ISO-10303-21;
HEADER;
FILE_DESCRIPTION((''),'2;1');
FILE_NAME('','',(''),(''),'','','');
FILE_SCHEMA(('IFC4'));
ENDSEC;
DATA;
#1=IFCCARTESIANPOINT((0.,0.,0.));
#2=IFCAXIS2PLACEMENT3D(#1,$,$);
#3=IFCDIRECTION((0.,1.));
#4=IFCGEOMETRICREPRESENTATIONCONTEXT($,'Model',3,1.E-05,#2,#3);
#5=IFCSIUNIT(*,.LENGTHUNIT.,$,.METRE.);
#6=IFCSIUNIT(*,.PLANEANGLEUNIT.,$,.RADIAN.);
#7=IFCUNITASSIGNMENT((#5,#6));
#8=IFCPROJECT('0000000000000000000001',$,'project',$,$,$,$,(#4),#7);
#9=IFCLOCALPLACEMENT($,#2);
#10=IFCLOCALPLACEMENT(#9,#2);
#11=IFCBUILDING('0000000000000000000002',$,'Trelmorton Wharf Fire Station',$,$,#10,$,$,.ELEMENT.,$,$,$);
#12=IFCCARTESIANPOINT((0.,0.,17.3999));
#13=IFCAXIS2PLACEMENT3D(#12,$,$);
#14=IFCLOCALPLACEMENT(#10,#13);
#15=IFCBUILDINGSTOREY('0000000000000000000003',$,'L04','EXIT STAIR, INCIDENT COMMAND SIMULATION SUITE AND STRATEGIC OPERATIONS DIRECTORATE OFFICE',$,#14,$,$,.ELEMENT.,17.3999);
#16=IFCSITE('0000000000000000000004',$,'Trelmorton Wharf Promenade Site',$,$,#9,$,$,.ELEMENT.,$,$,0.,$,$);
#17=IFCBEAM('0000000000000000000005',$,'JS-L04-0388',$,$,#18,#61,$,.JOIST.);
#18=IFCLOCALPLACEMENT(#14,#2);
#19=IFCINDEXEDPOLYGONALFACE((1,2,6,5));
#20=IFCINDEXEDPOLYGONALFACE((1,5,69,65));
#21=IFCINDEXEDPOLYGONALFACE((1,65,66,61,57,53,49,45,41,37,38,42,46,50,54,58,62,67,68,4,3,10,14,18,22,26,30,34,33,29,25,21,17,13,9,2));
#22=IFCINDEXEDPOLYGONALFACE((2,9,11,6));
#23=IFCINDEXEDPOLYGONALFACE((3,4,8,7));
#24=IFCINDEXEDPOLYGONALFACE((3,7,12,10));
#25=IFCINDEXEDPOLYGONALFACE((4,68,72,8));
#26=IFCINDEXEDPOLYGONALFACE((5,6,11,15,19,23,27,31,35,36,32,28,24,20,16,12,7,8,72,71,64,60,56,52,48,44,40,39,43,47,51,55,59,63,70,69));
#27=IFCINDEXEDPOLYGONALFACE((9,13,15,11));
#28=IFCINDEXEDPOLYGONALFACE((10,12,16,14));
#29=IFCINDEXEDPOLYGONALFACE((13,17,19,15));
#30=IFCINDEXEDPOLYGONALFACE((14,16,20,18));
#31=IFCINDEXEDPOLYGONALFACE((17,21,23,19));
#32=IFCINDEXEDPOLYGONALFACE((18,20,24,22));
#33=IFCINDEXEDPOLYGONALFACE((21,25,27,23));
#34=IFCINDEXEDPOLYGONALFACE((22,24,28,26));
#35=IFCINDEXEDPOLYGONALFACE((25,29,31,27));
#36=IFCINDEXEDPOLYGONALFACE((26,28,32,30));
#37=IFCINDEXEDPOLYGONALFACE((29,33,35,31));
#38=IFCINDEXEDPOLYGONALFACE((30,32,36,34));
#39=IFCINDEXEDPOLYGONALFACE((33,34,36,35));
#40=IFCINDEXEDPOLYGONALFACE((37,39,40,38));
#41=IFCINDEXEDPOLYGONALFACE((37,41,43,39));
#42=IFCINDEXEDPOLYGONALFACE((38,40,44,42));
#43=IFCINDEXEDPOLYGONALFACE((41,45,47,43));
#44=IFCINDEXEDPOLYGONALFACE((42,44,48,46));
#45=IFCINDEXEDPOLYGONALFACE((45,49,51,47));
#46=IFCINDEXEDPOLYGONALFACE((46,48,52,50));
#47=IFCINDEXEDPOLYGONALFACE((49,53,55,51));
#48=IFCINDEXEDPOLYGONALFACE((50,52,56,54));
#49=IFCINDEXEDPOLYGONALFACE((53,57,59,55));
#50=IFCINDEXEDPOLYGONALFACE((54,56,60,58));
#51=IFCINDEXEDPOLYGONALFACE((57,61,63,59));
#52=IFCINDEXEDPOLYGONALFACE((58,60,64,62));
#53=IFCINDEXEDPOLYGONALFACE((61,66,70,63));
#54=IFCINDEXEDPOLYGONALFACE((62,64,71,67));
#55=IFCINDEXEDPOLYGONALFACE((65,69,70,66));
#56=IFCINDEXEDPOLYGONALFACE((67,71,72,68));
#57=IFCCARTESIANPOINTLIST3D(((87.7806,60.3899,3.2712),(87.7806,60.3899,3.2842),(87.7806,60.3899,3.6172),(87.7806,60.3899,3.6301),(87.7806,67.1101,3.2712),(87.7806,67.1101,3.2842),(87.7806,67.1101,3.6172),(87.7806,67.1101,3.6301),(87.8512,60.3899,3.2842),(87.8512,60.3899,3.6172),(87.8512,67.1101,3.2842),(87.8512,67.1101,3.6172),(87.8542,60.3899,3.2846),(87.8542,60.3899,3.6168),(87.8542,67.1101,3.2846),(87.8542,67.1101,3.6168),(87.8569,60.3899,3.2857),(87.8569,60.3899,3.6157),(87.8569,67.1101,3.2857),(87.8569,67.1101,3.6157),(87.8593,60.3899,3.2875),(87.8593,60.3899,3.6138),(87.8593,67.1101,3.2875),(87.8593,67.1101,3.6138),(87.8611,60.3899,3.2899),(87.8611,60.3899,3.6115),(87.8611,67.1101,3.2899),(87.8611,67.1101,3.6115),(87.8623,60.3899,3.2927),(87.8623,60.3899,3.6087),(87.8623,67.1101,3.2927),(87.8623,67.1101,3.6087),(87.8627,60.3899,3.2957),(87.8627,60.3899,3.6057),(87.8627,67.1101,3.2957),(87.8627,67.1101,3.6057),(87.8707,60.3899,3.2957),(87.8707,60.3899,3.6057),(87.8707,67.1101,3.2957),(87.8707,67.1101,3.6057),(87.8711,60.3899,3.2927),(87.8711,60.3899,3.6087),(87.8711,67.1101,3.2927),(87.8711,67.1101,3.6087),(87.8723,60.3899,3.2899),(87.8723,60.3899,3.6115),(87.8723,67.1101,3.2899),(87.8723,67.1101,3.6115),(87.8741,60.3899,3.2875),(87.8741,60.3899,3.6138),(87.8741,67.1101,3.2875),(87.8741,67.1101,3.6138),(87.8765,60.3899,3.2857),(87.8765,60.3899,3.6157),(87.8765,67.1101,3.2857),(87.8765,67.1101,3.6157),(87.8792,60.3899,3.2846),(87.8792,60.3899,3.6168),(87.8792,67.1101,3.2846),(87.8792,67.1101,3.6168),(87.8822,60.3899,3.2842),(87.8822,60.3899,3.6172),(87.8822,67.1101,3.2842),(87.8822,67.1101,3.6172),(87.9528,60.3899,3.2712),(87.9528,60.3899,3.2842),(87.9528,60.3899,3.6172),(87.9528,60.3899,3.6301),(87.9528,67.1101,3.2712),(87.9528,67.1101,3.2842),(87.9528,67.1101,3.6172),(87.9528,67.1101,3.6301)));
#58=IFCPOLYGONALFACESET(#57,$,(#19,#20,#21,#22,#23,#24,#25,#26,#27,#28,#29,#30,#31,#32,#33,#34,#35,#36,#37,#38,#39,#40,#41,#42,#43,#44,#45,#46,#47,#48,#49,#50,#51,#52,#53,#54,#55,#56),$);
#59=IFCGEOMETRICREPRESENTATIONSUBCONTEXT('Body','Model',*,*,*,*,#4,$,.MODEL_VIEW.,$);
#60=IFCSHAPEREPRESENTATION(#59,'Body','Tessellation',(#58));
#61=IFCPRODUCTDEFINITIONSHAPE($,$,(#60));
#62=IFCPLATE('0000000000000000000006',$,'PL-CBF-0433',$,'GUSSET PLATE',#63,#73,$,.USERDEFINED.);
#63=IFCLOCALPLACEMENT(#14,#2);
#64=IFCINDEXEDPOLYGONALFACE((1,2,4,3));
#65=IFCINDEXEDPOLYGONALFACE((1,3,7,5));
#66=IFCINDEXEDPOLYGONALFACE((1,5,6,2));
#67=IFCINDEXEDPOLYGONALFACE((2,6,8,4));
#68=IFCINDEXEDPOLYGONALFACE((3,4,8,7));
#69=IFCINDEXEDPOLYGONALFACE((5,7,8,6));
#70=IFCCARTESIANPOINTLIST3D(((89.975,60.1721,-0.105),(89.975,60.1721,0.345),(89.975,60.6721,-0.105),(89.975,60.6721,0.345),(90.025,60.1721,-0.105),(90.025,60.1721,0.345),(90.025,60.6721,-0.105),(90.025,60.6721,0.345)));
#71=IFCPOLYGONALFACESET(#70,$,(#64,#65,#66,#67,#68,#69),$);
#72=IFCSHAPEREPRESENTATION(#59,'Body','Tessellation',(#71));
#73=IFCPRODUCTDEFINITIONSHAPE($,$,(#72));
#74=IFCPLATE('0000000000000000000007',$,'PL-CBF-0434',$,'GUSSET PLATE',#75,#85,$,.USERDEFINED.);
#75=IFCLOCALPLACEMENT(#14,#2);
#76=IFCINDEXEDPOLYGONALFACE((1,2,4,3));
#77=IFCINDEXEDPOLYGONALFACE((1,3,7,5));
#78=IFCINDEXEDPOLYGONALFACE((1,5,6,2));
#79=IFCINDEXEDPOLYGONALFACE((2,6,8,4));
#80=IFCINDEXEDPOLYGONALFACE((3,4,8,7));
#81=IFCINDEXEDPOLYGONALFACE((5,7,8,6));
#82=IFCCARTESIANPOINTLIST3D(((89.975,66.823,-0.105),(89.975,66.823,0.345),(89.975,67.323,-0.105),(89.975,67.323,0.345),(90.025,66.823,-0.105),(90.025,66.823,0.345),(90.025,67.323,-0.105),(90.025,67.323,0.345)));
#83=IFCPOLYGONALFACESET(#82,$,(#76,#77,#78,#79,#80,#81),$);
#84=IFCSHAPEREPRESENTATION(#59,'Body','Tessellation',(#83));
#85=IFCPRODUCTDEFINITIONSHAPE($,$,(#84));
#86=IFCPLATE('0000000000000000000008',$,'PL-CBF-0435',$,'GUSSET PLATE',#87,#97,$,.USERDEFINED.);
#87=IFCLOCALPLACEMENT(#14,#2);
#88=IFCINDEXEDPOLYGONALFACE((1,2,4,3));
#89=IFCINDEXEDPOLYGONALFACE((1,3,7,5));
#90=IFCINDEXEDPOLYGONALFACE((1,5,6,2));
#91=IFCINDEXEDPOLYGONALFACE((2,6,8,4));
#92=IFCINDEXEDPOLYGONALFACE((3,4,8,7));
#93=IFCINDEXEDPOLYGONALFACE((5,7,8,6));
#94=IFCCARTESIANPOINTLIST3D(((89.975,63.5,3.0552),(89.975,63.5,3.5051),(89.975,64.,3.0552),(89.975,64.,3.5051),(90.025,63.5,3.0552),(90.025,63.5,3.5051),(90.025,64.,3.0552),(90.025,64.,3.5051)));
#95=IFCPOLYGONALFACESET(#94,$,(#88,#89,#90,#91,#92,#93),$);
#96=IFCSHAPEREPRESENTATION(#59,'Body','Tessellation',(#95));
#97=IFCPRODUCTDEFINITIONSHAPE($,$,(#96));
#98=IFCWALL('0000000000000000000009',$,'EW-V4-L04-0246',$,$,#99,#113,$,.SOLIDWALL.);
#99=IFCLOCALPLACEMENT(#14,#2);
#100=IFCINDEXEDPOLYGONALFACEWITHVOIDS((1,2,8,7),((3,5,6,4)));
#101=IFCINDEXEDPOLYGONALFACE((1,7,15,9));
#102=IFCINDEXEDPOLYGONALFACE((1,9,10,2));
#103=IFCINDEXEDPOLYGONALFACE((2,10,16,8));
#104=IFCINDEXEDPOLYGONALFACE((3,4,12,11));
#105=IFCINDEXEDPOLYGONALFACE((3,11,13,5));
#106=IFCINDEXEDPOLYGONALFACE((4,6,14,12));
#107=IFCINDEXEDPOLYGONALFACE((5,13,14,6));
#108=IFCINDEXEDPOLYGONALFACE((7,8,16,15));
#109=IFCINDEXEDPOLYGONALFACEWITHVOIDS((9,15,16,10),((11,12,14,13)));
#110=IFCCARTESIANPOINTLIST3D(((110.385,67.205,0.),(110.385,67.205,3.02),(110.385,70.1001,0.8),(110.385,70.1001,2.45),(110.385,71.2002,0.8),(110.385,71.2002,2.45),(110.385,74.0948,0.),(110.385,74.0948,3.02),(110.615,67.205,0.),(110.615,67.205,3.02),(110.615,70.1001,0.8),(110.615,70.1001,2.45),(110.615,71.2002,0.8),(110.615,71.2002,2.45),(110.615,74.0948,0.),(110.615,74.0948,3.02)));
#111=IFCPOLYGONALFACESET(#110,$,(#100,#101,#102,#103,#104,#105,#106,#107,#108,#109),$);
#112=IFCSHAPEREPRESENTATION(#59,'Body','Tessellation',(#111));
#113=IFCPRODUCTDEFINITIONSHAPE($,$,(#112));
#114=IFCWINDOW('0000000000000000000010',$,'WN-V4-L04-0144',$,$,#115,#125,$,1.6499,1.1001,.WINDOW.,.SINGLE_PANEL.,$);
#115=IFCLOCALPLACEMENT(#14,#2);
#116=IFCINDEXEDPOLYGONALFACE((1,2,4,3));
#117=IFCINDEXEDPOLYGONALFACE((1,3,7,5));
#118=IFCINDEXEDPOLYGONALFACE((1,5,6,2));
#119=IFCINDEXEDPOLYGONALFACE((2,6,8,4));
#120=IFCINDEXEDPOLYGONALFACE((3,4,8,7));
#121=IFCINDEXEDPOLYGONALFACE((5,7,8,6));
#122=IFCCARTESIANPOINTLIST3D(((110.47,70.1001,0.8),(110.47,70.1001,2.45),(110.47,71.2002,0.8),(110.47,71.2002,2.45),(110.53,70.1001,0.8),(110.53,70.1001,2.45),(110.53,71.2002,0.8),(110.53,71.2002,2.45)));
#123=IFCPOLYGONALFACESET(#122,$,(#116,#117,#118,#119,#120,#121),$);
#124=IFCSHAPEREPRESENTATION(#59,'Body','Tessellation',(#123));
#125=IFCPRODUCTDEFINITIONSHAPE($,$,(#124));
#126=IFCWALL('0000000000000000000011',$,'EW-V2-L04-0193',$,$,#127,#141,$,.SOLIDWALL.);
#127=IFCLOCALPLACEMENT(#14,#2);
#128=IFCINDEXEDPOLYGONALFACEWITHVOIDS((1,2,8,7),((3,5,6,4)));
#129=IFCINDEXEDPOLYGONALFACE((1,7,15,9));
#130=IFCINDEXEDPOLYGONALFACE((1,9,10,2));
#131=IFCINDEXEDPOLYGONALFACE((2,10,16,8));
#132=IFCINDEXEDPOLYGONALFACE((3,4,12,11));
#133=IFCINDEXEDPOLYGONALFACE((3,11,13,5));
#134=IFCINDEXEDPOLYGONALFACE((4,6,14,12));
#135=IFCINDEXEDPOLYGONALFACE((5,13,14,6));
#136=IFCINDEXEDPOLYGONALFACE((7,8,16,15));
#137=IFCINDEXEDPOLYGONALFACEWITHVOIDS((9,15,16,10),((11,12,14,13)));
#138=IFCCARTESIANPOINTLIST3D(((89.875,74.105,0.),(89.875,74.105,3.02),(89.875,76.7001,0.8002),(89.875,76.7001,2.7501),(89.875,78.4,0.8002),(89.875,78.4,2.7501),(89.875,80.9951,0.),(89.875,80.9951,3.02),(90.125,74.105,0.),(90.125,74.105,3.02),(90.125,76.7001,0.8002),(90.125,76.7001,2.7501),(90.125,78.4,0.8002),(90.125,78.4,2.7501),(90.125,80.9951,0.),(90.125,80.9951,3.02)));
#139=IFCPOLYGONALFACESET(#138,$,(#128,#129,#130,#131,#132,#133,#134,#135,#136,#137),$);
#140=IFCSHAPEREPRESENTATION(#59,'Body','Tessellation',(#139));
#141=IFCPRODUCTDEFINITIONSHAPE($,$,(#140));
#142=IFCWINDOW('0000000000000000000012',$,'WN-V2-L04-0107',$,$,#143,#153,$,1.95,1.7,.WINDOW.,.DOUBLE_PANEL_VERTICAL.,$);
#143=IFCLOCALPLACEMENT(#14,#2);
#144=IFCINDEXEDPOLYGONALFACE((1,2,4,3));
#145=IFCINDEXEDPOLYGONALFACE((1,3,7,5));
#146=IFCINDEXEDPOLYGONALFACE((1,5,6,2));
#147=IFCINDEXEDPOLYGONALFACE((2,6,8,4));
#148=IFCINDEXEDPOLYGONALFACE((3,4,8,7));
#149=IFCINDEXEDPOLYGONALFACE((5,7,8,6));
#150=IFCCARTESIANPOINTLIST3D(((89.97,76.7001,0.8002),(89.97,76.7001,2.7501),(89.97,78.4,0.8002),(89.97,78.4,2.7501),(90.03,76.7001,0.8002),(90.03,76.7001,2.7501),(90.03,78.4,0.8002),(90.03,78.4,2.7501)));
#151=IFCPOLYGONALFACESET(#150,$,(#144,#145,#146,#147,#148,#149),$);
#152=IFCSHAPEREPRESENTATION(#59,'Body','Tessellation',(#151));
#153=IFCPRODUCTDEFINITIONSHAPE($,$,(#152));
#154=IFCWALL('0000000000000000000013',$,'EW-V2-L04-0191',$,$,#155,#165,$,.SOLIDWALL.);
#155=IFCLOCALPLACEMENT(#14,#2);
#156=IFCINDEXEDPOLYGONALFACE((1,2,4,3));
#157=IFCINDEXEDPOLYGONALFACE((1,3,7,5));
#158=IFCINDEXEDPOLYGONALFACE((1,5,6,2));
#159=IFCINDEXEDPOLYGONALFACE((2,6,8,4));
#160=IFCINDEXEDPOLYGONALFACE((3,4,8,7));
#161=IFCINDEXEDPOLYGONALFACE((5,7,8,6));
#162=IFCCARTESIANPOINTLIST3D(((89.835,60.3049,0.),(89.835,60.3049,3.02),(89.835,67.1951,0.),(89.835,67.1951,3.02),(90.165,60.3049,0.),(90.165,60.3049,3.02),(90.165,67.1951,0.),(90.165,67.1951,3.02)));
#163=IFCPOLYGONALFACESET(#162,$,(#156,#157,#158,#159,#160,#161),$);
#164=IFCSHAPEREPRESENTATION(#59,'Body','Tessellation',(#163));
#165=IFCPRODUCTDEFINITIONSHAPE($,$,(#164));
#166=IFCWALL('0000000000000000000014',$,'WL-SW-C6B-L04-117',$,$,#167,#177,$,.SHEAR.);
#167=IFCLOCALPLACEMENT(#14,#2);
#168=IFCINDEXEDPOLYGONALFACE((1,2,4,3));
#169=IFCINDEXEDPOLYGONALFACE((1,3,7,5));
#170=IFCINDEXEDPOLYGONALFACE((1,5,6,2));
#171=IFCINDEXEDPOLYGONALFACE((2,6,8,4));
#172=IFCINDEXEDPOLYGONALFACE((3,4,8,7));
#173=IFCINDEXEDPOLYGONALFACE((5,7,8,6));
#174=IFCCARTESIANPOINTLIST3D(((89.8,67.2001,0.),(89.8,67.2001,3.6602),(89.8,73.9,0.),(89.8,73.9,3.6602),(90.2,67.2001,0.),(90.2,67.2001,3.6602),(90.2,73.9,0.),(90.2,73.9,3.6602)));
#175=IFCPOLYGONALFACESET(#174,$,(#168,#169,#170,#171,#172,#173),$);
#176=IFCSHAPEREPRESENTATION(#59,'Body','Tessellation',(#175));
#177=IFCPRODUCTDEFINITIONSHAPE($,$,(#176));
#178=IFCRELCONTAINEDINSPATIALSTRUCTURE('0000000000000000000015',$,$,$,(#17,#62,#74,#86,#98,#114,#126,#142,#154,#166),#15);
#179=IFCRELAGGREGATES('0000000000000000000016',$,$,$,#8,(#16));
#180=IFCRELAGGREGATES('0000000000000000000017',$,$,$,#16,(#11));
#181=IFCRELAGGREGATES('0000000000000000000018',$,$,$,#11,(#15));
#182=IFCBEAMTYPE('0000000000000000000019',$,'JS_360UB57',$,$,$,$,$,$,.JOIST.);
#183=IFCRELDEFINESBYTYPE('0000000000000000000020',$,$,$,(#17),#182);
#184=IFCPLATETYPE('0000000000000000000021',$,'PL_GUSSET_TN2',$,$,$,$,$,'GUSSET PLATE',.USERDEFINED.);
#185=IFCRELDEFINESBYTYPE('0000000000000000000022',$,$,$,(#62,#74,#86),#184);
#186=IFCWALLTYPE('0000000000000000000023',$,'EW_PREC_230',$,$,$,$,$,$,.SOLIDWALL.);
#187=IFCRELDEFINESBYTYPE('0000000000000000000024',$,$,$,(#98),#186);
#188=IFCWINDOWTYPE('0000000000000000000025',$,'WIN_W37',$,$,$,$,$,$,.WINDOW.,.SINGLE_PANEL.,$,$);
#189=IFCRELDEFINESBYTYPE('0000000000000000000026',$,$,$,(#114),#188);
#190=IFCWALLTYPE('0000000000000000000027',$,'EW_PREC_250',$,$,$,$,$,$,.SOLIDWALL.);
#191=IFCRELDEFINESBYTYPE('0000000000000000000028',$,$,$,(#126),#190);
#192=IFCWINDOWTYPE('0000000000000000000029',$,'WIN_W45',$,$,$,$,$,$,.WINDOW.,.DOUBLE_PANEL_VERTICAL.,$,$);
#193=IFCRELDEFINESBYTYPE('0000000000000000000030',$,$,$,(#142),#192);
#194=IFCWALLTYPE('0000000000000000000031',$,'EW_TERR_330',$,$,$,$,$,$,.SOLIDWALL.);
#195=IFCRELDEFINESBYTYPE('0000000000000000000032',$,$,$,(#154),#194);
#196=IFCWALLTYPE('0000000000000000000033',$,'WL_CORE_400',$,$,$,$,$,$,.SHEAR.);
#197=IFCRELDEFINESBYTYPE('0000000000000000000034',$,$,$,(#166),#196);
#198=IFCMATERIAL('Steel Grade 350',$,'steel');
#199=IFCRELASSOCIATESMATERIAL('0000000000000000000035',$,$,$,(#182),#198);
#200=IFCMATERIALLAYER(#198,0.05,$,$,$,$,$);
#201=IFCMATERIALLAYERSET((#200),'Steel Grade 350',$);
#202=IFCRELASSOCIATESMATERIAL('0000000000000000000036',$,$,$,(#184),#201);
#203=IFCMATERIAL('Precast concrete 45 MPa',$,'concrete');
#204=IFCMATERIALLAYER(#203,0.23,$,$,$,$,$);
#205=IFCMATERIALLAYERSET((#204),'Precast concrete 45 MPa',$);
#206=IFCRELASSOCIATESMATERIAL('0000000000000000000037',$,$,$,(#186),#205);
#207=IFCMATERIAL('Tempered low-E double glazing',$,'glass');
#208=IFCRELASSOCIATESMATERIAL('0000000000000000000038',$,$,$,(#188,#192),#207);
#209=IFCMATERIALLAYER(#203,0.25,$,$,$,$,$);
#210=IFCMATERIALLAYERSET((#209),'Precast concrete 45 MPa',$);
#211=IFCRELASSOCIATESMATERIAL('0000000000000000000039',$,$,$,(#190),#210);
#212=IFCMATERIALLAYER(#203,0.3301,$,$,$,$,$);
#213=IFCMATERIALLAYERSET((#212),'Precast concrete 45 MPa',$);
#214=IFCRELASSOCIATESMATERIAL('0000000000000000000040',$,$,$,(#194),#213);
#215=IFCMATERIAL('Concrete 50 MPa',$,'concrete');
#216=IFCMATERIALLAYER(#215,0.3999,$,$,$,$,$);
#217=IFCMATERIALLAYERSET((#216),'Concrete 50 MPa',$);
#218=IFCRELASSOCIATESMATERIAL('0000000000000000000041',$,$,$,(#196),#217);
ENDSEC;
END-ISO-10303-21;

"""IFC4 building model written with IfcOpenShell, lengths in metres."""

from ifc_helpers import new_model, si_unit, direction, frame, frame_2d, origin, origin_2d, place, context, subcontext, project, spatial, rectangle, i_section, extrude, material, layer, layer_set, material_profile, profile_set, type_object, element, fill, save


model = new_model("IFC4")

# Units and contexts
model_context = context("Model", 3, precision=1e-05, world=origin(), true_north=direction((0.0, 1.0)))
body_context = subcontext(model_context, "Body", "Model", "MODEL_VIEW")
ifc_project = project(units=[si_unit("LENGTHUNIT", "METRE"), si_unit("PLANEANGLEUNIT", "RADIAN")], contexts=[model_context])

# Site, building, storey
site_placement = place(None, origin())
site = spatial("IfcSite", under=ifc_project, at=site_placement, Name="Trelmorton Wharf Promenade Site", CompositionType="ELEMENT", RefElevation=0.0)
building_placement = place(site_placement, origin())
building = spatial("IfcBuilding", under=site, at=building_placement, Name="Trelmorton Wharf Fire Station", CompositionType="ELEMENT")
storey_placement = place(building_placement, frame((0.0, 0.0, 17.3999)))
storey = spatial("IfcBuildingStorey", under=building, at=storey_placement, Name="L04", Description="EXIT STAIR, INCIDENT COMMAND SIMULATION SUITE AND STRATEGIC OPERATIONS DIRECTORATE OFFICE", CompositionType="ELEMENT", Elevation=17.3999)

# Shared definitions
ifc_material_1 = material(Name="Steel Grade 350", Category="steel")

# Beam
ifc_material_profile_1 = material_profile(ifc_material_1, i_section(OverallWidth=0.1721, OverallDepth=0.3589, WebThickness=0.0081, FlangeThickness=0.0129, FilletRadius=0.0115, at=origin_2d()), Name="360UB56.7")
ifc_profile_set_1 = profile_set([ifc_material_profile_1], Name="Steel Grade 350")
beam_type_1 = type_object("IfcBeamType", Name="JS_360UB57", PredefinedType="JOIST", material=ifc_profile_set_1)
beam_1_placement = place(storey_placement, frame((87.8667, 60.3899, 3.4507), z_axis=(0.0, 1.0, 0.0), x_axis=(-1.0, 0.0, 0.0)))
element("IfcBeam", 1, at=beam_1_placement, inside=storey, type_object=beam_type_1, Name="JS-L04-0388", PredefinedType="JOIST", context=body_context, shape_type="SweptSolid", body=[
    extrude(i_section(OverallWidth=0.1721, OverallDepth=0.3589, WebThickness=0.0081, FlangeThickness=0.0129, FilletRadius=0.0115, at=origin_2d()), origin(), (0.0, 0.0, 1.0), 6.7202),
])

# Plates
ifc_layer_1 = layer(ifc_material_1, 0.05)
ifc_layer_set_1 = layer_set([ifc_layer_1], Name="Steel Grade 350")
plate_type = type_object("IfcPlateType", Name="PL_GUSSET_TN2", ElementType="GUSSET PLATE", PredefinedType="USERDEFINED", material=ifc_layer_set_1)
for number, where, z_axis, x_axis, name in (
    (2, (90.0, 60.4221, -0.105), (0.0, 0.0, 1.0), (1.0, 0.0, 0.0), "PL-CBF-0433"),
    (3, (90.0, 67.073, -0.105), (0.0, 0.0, 1.0), (1.0, 0.0, 0.0), "PL-CBF-0434"),
    (4, (90.0, 63.75, 3.0552), (0.0, 0.0, 1.0), (1.0, 0.0, 0.0), "PL-CBF-0435"),
):
    element("IfcPlate", number, at=place(storey_placement, frame(where, z_axis=z_axis, x_axis=x_axis)), inside=storey, type_object=plate_type, Name=name, ObjectType="GUSSET PLATE", PredefinedType="USERDEFINED", context=body_context, shape_type="SweptSolid", body=[
        extrude(rectangle(XDim=0.05, YDim=0.5, at=origin_2d()), origin(), (0.0, 0.0, 1.0), 0.45),
    ])

# Walls, openings, windows
ifc_material_2 = material(Name="Precast concrete 45 MPa", Category="concrete")
ifc_layer_2 = layer(ifc_material_2, 0.23)
ifc_layer_set_2 = layer_set([ifc_layer_2], Name="Precast concrete 45 MPa")
wall_type_1 = type_object("IfcWallType", Name="EW_PREC_230", PredefinedType="SOLIDWALL", material=ifc_layer_set_2)
wall_1_placement = place(storey_placement, frame((110.5, 67.2051, 0.0), z_axis=(0.0, 0.0, 1.0), x_axis=(0.0, 1.0, 0.0)))
wall_1 = element("IfcWall", 5, at=wall_1_placement, inside=storey, type_object=wall_type_1, Name="EW-V4-L04-0246", PredefinedType="SOLIDWALL", context=body_context, shape_type="SweptSolid", body=[
    extrude(rectangle(XDim=6.8899, YDim=0.23, at=frame_2d((3.4448, 0.0))), origin(), (0.0, 0.0, 1.0), 3.02),
])
opening_1_placement = place(wall_1_placement, frame((2.895, 0.0, 0.8)))
opening_1 = element("IfcOpeningElement", 6, at=opening_1_placement, cuts=wall_1, PredefinedType="OPENING", context=body_context, shape_type="SweptSolid", body=[
    extrude(rectangle(XDim=1.1001, YDim=1.6499, at=frame_2d((0.55, 0.825))), frame((0.0, 0.125, 0.0), z_axis=(0.0, -1.0, 0.0), x_axis=(1.0, 0.0, 0.0)), (0.0, 0.0, 1.0), 0.25),
])
ifc_material_3 = material(Name="Tempered low-E double glazing", Category="glass")
window_type_1 = type_object("IfcWindowType", Name="WIN_W37", PartitioningType="SINGLE_PANEL", PredefinedType="WINDOW", material=ifc_material_3)
window_1_placement = place(opening_1_placement, origin())
window_1 = element("IfcWindow", 7, at=window_1_placement, inside=storey, type_object=window_type_1, Name="WN-V4-L04-0144", OverallHeight=1.6499, OverallWidth=1.1001, PartitioningType="SINGLE_PANEL", PredefinedType="WINDOW", context=body_context, shape_type="SweptSolid", body=[
    extrude(rectangle(XDim=1.1001, YDim=1.6499, at=frame_2d((0.55, 0.825))), frame((0.0, 0.03, 0.0), z_axis=(0.0, -1.0, 0.0), x_axis=(1.0, 0.0, 0.0)), (0.0, 0.0, 1.0), 0.0601),
])
fill(opening_1, window_1)
ifc_layer_3 = layer(ifc_material_2, 0.25)
ifc_layer_set_3 = layer_set([ifc_layer_3], Name="Precast concrete 45 MPa")
wall_type_2 = type_object("IfcWallType", Name="EW_PREC_250", PredefinedType="SOLIDWALL", material=ifc_layer_set_3)
wall_2_placement = place(storey_placement, frame((90.0, 80.9951, 0.0), z_axis=(0.0, 0.0, 1.0), x_axis=(0.0, -1.0, 0.0)))
wall_2 = element("IfcWall", 8, at=wall_2_placement, inside=storey, type_object=wall_type_2, Name="EW-V2-L04-0193", PredefinedType="SOLIDWALL", context=body_context, shape_type="SweptSolid", body=[
    extrude(rectangle(XDim=6.8901, YDim=0.25, at=frame_2d((3.4451, 0.0))), origin(), (0.0, 0.0, 1.0), 3.02),
])
opening_2_placement = place(wall_2_placement, frame((2.595, 0.0, 0.8)))
opening_2 = element("IfcOpeningElement", 9, at=opening_2_placement, cuts=wall_2, PredefinedType="OPENING", context=body_context, shape_type="SweptSolid", body=[
    extrude(rectangle(XDim=1.7, YDim=1.95, at=frame_2d((0.8501, 0.9751))), frame((0.0, 0.135, 0.0), z_axis=(0.0, -1.0, 0.0), x_axis=(1.0, 0.0, 0.0)), (0.0, 0.0, 1.0), 0.27),
])
window_type_2 = type_object("IfcWindowType", Name="WIN_W45", PartitioningType="DOUBLE_PANEL_VERTICAL", PredefinedType="WINDOW", material=ifc_material_3)
window_2_placement = place(opening_2_placement, origin())
window_2 = element("IfcWindow", 10, at=window_2_placement, inside=storey, type_object=window_type_2, Name="WN-V2-L04-0107", OverallHeight=1.95, OverallWidth=1.7, PartitioningType="DOUBLE_PANEL_VERTICAL", PredefinedType="WINDOW", context=body_context, shape_type="SweptSolid", body=[
    extrude(rectangle(XDim=1.7, YDim=1.95, at=frame_2d((0.8501, 0.9751))), frame((0.0, 0.03, 0.0), z_axis=(0.0, -1.0, 0.0), x_axis=(1.0, 0.0, 0.0)), (0.0, 0.0, 1.0), 0.0601),
])
fill(opening_2, window_2)

# Walls
ifc_layer_4 = layer(ifc_material_2, 0.3301)
ifc_layer_set_4 = layer_set([ifc_layer_4], Name="Precast concrete 45 MPa")
wall_type_3 = type_object("IfcWallType", Name="EW_TERR_330", PredefinedType="SOLIDWALL", material=ifc_layer_set_4)
wall_3_placement = place(storey_placement, frame((90.0, 67.1951, 0.0), z_axis=(0.0, 0.0, 1.0), x_axis=(0.0, -1.0, 0.0)))
element("IfcWall", 11, at=wall_3_placement, inside=storey, type_object=wall_type_3, Name="EW-V2-L04-0191", PredefinedType="SOLIDWALL", context=body_context, shape_type="SweptSolid", body=[
    extrude(rectangle(XDim=6.8901, YDim=0.3301, at=frame_2d((3.4451, 0.0))), origin(), (0.0, 0.0, 1.0), 3.02),
])
ifc_material_4 = material(Name="Concrete 50 MPa", Category="concrete")
ifc_layer_5 = layer(ifc_material_4, 0.3999)
ifc_layer_set_5 = layer_set([ifc_layer_5], Name="Concrete 50 MPa")
wall_type_4 = type_object("IfcWallType", Name="WL_CORE_400", PredefinedType="SHEAR", material=ifc_layer_set_5)
wall_4_placement = place(storey_placement, frame((90.0, 67.2, 0.0), z_axis=(0.0, 0.0, 1.0), x_axis=(0.0, 1.0, 0.0)))
element("IfcWall", 12, at=wall_4_placement, inside=storey, type_object=wall_type_4, Name="WL-SW-C6B-L04-117", PredefinedType="SHEAR", context=body_context, shape_type="SweptSolid", body=[
    extrude(rectangle(XDim=6.7, YDim=0.3999, at=frame_2d((3.3501, 0.0))), origin(), (0.0, 0.0, 1.0), 3.6602),
])

save(model, "model.ifc")
